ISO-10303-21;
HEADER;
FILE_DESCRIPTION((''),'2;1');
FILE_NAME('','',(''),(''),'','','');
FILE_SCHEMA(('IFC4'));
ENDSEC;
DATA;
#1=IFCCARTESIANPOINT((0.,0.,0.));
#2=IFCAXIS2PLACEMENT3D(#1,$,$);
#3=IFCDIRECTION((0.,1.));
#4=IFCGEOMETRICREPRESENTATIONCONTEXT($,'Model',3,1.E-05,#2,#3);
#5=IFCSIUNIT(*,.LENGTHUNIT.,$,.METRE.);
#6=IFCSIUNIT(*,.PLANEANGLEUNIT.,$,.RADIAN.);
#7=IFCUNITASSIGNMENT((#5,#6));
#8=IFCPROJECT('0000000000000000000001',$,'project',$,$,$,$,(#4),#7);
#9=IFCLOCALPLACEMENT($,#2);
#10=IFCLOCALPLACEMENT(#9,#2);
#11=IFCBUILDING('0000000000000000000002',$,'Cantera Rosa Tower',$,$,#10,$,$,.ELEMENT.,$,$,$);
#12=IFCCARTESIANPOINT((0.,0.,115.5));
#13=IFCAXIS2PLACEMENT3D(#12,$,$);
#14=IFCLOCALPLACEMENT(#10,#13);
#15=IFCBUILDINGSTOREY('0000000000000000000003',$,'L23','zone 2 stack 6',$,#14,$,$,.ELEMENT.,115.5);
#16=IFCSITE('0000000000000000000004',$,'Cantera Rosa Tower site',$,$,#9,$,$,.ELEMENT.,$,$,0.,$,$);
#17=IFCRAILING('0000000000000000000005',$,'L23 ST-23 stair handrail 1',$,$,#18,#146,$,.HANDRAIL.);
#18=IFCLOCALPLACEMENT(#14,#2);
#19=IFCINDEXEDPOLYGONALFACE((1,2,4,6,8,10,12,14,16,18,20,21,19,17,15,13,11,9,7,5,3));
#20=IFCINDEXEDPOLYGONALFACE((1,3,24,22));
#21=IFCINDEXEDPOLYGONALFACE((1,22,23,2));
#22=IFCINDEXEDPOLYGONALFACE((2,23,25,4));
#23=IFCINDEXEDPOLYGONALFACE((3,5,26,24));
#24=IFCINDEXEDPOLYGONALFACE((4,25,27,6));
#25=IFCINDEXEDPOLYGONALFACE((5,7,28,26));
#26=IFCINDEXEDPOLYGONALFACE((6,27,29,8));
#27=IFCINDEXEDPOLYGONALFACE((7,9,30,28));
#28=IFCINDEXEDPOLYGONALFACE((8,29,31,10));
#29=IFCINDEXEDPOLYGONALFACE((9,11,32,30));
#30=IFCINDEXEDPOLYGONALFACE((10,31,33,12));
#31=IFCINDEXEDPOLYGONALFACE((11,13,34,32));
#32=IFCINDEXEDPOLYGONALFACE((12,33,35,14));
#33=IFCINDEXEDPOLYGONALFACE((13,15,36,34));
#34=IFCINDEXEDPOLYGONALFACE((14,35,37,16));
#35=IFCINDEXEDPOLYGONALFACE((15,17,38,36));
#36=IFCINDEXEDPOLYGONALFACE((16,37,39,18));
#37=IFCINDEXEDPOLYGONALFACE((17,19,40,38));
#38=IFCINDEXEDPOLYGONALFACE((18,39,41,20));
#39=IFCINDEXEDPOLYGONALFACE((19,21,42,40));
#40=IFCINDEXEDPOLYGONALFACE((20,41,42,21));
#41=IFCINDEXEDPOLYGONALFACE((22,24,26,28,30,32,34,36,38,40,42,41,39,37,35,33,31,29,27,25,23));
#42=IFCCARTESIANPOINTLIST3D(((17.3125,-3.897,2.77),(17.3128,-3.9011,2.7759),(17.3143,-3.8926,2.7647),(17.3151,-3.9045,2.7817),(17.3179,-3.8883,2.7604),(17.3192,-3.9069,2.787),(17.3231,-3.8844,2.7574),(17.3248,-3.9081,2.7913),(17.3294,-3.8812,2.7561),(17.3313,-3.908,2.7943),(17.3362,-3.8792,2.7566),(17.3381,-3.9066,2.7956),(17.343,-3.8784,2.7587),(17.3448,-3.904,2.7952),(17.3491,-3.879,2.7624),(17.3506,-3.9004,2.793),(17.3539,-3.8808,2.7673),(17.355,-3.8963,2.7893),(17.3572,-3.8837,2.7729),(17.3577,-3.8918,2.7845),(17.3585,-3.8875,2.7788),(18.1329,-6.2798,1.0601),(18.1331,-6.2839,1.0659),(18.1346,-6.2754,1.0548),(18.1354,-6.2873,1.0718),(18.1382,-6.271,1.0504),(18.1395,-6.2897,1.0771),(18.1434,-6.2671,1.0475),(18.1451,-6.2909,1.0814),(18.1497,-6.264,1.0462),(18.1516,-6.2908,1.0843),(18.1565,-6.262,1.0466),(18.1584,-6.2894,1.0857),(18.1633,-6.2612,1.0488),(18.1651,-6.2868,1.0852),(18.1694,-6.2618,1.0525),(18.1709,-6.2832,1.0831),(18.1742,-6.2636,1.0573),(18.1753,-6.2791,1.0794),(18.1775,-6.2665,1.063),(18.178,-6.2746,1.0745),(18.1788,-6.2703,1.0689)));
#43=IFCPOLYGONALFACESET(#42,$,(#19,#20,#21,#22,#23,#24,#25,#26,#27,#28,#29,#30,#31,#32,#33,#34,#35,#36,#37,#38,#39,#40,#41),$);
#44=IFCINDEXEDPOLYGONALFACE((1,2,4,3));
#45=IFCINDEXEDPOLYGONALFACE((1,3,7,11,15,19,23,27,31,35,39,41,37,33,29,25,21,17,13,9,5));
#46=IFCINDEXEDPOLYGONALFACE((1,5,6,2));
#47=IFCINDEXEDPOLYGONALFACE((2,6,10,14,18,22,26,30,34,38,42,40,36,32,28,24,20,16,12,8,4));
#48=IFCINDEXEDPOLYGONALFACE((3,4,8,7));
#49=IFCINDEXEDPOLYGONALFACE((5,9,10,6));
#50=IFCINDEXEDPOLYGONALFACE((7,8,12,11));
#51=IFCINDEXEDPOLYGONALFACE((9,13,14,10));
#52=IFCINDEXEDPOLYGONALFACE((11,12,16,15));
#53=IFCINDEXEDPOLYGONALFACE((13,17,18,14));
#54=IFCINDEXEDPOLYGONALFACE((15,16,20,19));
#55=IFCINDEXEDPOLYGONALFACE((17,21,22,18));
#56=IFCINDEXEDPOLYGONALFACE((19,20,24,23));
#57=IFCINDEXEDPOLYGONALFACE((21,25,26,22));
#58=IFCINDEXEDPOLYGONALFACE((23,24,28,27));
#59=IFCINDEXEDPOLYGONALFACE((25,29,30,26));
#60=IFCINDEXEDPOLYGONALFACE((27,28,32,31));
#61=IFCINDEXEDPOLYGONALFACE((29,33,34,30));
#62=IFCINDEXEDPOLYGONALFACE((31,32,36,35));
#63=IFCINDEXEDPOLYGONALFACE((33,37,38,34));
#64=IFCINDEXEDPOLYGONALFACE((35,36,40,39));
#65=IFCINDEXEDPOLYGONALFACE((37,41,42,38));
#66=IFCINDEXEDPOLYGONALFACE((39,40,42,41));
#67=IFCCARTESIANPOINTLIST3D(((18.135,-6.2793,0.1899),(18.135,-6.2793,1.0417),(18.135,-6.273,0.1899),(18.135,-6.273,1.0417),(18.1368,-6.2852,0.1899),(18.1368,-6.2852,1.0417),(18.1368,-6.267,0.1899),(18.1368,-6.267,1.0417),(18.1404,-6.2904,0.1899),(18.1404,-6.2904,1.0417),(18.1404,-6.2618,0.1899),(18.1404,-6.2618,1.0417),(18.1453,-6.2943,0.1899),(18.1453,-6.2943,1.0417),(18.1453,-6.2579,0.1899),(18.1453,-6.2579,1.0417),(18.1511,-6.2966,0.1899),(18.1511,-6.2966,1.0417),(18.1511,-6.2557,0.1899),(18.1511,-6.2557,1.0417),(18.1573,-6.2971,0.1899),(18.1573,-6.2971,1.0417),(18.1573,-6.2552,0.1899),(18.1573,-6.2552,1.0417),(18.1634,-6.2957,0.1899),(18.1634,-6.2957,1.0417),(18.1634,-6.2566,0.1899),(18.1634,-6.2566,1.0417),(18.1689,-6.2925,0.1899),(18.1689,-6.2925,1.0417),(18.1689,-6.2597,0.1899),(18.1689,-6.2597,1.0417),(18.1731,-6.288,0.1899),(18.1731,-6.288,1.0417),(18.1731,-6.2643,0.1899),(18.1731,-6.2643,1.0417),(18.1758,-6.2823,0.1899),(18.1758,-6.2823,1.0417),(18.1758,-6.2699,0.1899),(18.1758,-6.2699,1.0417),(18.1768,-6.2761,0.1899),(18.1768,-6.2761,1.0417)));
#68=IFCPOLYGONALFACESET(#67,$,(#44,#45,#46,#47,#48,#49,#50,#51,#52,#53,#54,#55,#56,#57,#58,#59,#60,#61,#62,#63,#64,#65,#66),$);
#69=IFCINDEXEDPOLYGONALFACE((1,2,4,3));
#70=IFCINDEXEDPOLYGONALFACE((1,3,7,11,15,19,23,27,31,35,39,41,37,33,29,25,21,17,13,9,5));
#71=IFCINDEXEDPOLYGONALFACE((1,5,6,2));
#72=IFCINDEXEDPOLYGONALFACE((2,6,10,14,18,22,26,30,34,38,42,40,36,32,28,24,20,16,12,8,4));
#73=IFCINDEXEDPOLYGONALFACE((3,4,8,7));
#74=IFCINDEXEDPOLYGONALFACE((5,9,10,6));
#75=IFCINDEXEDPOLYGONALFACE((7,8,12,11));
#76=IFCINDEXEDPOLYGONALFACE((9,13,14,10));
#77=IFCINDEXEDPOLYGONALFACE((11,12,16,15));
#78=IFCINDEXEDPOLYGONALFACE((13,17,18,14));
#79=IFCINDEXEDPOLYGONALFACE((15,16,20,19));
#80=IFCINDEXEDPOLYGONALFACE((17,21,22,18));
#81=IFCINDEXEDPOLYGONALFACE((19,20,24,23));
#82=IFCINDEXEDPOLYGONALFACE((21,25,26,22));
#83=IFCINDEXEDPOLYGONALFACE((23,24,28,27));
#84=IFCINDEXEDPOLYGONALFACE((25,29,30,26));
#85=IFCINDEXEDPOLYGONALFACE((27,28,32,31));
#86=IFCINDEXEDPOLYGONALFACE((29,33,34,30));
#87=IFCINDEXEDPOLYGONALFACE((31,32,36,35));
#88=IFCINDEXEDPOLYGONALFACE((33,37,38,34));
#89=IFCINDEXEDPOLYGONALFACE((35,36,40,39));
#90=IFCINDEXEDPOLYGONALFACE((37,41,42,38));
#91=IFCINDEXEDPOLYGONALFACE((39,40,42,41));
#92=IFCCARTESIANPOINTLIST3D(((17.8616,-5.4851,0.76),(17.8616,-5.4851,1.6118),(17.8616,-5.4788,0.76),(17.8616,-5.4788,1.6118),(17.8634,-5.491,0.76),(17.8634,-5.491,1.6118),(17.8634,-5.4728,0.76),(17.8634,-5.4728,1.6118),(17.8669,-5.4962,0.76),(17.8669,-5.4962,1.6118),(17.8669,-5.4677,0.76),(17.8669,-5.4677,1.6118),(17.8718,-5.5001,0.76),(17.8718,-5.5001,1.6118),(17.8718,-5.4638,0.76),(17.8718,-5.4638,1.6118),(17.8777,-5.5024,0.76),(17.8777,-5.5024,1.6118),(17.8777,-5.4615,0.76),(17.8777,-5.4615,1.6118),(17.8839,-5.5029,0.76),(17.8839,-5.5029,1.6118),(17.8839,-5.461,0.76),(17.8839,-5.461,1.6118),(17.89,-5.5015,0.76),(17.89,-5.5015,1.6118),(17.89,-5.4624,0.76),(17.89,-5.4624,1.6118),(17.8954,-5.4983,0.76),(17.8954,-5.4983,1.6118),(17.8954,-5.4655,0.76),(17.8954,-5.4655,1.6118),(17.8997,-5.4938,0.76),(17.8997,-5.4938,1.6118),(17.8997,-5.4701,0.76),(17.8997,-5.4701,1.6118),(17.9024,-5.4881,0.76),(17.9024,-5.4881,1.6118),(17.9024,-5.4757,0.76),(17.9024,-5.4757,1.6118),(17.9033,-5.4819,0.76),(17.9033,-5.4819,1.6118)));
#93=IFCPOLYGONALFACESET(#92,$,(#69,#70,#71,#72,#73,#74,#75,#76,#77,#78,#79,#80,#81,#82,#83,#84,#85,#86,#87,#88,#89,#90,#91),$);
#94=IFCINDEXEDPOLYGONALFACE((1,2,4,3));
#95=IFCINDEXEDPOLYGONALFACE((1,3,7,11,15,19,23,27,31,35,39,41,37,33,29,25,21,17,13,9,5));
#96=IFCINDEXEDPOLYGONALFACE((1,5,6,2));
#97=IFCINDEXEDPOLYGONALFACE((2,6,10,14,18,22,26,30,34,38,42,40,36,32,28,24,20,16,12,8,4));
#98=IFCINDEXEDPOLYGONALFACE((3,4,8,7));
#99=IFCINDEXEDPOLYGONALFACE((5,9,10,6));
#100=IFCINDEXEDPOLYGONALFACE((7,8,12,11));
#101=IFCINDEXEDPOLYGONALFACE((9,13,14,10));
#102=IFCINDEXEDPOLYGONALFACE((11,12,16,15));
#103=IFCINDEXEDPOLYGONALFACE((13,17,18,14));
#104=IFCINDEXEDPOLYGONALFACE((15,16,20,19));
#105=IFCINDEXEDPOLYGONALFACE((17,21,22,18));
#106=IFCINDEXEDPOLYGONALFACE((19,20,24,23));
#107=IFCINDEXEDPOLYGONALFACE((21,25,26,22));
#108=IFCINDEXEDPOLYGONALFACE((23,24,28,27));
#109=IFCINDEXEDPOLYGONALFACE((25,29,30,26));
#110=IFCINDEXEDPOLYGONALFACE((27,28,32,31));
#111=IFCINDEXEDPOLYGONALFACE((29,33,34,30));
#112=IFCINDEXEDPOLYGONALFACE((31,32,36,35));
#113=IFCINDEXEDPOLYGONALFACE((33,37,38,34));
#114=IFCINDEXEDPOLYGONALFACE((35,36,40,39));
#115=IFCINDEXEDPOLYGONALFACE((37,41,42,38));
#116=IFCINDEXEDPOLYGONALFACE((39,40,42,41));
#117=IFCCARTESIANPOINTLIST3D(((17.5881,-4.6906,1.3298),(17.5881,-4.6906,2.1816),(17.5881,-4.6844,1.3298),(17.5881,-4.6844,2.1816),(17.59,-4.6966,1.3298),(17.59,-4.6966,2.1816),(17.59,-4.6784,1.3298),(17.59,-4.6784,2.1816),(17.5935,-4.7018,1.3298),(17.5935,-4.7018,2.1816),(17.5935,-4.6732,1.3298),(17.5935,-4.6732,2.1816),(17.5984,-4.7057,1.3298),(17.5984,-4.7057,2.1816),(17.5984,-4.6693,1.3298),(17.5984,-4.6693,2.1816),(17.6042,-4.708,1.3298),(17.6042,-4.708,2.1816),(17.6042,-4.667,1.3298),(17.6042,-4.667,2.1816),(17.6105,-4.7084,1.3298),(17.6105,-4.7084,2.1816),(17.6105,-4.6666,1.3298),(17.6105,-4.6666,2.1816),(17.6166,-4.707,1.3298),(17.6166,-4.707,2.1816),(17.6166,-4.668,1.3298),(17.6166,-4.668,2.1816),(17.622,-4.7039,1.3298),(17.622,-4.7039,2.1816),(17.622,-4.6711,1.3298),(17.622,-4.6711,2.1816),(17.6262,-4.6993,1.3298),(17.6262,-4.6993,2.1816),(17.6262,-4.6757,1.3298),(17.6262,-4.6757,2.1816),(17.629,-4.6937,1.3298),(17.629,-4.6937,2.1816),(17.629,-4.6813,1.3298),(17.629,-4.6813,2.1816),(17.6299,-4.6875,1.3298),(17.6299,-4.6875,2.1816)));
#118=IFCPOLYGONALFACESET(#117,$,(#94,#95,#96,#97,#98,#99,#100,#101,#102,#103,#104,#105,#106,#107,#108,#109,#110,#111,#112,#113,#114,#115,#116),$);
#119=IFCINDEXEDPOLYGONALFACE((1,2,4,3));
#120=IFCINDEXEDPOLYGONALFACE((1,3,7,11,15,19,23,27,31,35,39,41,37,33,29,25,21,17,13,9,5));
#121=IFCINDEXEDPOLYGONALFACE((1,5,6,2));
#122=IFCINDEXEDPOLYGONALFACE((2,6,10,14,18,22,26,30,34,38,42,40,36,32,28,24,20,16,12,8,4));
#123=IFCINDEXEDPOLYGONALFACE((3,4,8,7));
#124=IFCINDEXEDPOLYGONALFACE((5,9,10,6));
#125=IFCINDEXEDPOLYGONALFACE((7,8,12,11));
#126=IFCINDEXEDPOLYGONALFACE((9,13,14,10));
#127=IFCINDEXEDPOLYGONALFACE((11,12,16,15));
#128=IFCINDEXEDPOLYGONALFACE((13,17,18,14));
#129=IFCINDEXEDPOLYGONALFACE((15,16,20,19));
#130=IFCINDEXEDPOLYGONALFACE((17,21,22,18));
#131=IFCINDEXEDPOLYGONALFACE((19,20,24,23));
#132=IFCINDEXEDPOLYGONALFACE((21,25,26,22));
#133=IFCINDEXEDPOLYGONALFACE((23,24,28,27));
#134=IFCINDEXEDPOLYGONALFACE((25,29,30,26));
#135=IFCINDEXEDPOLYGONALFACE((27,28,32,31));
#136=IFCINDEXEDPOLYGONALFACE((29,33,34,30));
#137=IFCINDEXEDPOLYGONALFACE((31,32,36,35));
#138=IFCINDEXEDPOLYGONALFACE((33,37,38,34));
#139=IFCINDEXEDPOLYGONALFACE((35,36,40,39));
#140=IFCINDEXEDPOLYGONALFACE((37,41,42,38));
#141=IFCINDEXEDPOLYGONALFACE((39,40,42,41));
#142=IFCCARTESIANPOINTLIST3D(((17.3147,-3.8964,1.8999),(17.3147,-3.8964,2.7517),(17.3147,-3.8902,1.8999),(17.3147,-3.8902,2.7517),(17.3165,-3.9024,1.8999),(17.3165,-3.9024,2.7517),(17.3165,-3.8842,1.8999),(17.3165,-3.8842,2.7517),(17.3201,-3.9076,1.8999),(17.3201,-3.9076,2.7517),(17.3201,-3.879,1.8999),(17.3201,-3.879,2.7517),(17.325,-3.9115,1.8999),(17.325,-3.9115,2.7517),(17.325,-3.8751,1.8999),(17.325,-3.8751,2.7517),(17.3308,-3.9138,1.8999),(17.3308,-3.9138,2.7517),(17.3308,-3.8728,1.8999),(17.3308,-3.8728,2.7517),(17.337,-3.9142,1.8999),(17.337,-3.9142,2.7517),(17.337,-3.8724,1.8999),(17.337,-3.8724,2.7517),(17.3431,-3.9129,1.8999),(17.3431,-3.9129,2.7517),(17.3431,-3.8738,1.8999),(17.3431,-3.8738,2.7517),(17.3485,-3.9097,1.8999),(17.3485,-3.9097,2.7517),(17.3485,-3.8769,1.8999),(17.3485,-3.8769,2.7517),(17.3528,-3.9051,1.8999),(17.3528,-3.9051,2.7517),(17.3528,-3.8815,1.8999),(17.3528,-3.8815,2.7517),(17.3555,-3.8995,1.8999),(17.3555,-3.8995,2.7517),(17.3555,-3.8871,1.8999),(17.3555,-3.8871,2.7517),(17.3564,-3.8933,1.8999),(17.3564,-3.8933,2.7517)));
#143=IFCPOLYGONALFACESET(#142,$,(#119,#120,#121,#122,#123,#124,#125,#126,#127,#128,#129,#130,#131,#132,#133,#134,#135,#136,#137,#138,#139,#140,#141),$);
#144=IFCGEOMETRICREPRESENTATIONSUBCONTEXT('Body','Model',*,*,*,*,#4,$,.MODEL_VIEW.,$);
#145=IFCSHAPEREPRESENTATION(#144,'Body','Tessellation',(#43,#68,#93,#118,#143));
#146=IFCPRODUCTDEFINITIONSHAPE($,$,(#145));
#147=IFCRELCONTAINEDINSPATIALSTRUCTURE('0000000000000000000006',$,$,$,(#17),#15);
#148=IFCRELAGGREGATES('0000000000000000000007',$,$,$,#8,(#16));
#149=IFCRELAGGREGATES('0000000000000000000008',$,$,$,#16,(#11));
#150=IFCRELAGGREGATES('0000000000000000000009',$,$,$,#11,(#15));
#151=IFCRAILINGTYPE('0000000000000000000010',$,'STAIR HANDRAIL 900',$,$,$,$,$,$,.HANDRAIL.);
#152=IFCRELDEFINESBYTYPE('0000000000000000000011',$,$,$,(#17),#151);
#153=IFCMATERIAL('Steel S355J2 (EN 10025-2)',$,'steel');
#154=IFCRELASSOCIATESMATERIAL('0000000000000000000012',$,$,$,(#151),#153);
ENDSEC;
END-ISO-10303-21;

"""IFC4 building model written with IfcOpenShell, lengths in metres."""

from ifc_helpers import new_model, si_unit, direction, frame, origin, origin_2d, place, context, subcontext, project, spatial, circle, extrude, material, type_object, element, save


model = new_model("IFC4")

# Units and contexts
model_context = context("Model", 3, precision=1e-05, world=origin(), true_north=direction((0.0, 1.0)))
body_context = subcontext(model_context, "Body", "Model", "MODEL_VIEW")
ifc_project = project(units=[si_unit("LENGTHUNIT", "METRE"), si_unit("PLANEANGLEUNIT", "RADIAN")], contexts=[model_context])

# Site, building, storey
site_placement = place(None, origin())
site = spatial("IfcSite", under=ifc_project, at=site_placement, Name="Cantera Rosa Tower site", CompositionType="ELEMENT", RefElevation=0.0)
building_placement = place(site_placement, origin())
building = spatial("IfcBuilding", under=site, at=building_placement, Name="Cantera Rosa Tower", CompositionType="ELEMENT")
storey_placement = place(building_placement, frame((0.0, 0.0, 115.5)))
storey = spatial("IfcBuildingStorey", under=building, at=storey_placement, Name="L23", Description="zone 2 stack 6", CompositionType="ELEMENT", Elevation=115.5)

# Railing
ifc_material_1 = material(Name="Steel S355J2 (EN 10025-2)", Category="steel")
railing_type_1 = type_object("IfcRailingType", Name="STAIR HANDRAIL 900", PredefinedType="HANDRAIL", material=ifc_material_1)
railing_1_placement = place(storey_placement, frame((18.1558, -6.2761, 0.1899)))
element("IfcRailing", 1, at=railing_1_placement, inside=storey, type_object=railing_type_1, Name="L23 ST-23 stair handrail 1", PredefinedType="HANDRAIL", context=body_context, shape_type="SweptSolid", body=[
    extrude(circle(Radius=0.0239, at=origin_2d()), frame((0.0, 0.0, 0.876), z_axis=(-0.269358, 0.782421, 0.561483), x_axis=(-0.945538, -0.325513, 0.0)), (0.0, 0.0, 1.0), 3.0454),
    extrude(circle(Radius=0.021, at=origin_2d()), origin(), (0.0, 0.0, 1.0), 0.8518),
    extrude(circle(Radius=0.021, at=origin_2d()), frame((-0.2734, 0.7942, 0.5701)), (0.0, 0.0, 1.0), 0.8518),
    extrude(circle(Radius=0.021, at=origin_2d()), frame((-0.5469, 1.5886, 1.1399)), (0.0, 0.0, 1.0), 0.8518),
    extrude(circle(Radius=0.021, at=origin_2d()), frame((-0.8203, 2.3828, 1.71)), (0.0, 0.0, 1.0), 0.8518),
])

save(model, "model.ifc")
